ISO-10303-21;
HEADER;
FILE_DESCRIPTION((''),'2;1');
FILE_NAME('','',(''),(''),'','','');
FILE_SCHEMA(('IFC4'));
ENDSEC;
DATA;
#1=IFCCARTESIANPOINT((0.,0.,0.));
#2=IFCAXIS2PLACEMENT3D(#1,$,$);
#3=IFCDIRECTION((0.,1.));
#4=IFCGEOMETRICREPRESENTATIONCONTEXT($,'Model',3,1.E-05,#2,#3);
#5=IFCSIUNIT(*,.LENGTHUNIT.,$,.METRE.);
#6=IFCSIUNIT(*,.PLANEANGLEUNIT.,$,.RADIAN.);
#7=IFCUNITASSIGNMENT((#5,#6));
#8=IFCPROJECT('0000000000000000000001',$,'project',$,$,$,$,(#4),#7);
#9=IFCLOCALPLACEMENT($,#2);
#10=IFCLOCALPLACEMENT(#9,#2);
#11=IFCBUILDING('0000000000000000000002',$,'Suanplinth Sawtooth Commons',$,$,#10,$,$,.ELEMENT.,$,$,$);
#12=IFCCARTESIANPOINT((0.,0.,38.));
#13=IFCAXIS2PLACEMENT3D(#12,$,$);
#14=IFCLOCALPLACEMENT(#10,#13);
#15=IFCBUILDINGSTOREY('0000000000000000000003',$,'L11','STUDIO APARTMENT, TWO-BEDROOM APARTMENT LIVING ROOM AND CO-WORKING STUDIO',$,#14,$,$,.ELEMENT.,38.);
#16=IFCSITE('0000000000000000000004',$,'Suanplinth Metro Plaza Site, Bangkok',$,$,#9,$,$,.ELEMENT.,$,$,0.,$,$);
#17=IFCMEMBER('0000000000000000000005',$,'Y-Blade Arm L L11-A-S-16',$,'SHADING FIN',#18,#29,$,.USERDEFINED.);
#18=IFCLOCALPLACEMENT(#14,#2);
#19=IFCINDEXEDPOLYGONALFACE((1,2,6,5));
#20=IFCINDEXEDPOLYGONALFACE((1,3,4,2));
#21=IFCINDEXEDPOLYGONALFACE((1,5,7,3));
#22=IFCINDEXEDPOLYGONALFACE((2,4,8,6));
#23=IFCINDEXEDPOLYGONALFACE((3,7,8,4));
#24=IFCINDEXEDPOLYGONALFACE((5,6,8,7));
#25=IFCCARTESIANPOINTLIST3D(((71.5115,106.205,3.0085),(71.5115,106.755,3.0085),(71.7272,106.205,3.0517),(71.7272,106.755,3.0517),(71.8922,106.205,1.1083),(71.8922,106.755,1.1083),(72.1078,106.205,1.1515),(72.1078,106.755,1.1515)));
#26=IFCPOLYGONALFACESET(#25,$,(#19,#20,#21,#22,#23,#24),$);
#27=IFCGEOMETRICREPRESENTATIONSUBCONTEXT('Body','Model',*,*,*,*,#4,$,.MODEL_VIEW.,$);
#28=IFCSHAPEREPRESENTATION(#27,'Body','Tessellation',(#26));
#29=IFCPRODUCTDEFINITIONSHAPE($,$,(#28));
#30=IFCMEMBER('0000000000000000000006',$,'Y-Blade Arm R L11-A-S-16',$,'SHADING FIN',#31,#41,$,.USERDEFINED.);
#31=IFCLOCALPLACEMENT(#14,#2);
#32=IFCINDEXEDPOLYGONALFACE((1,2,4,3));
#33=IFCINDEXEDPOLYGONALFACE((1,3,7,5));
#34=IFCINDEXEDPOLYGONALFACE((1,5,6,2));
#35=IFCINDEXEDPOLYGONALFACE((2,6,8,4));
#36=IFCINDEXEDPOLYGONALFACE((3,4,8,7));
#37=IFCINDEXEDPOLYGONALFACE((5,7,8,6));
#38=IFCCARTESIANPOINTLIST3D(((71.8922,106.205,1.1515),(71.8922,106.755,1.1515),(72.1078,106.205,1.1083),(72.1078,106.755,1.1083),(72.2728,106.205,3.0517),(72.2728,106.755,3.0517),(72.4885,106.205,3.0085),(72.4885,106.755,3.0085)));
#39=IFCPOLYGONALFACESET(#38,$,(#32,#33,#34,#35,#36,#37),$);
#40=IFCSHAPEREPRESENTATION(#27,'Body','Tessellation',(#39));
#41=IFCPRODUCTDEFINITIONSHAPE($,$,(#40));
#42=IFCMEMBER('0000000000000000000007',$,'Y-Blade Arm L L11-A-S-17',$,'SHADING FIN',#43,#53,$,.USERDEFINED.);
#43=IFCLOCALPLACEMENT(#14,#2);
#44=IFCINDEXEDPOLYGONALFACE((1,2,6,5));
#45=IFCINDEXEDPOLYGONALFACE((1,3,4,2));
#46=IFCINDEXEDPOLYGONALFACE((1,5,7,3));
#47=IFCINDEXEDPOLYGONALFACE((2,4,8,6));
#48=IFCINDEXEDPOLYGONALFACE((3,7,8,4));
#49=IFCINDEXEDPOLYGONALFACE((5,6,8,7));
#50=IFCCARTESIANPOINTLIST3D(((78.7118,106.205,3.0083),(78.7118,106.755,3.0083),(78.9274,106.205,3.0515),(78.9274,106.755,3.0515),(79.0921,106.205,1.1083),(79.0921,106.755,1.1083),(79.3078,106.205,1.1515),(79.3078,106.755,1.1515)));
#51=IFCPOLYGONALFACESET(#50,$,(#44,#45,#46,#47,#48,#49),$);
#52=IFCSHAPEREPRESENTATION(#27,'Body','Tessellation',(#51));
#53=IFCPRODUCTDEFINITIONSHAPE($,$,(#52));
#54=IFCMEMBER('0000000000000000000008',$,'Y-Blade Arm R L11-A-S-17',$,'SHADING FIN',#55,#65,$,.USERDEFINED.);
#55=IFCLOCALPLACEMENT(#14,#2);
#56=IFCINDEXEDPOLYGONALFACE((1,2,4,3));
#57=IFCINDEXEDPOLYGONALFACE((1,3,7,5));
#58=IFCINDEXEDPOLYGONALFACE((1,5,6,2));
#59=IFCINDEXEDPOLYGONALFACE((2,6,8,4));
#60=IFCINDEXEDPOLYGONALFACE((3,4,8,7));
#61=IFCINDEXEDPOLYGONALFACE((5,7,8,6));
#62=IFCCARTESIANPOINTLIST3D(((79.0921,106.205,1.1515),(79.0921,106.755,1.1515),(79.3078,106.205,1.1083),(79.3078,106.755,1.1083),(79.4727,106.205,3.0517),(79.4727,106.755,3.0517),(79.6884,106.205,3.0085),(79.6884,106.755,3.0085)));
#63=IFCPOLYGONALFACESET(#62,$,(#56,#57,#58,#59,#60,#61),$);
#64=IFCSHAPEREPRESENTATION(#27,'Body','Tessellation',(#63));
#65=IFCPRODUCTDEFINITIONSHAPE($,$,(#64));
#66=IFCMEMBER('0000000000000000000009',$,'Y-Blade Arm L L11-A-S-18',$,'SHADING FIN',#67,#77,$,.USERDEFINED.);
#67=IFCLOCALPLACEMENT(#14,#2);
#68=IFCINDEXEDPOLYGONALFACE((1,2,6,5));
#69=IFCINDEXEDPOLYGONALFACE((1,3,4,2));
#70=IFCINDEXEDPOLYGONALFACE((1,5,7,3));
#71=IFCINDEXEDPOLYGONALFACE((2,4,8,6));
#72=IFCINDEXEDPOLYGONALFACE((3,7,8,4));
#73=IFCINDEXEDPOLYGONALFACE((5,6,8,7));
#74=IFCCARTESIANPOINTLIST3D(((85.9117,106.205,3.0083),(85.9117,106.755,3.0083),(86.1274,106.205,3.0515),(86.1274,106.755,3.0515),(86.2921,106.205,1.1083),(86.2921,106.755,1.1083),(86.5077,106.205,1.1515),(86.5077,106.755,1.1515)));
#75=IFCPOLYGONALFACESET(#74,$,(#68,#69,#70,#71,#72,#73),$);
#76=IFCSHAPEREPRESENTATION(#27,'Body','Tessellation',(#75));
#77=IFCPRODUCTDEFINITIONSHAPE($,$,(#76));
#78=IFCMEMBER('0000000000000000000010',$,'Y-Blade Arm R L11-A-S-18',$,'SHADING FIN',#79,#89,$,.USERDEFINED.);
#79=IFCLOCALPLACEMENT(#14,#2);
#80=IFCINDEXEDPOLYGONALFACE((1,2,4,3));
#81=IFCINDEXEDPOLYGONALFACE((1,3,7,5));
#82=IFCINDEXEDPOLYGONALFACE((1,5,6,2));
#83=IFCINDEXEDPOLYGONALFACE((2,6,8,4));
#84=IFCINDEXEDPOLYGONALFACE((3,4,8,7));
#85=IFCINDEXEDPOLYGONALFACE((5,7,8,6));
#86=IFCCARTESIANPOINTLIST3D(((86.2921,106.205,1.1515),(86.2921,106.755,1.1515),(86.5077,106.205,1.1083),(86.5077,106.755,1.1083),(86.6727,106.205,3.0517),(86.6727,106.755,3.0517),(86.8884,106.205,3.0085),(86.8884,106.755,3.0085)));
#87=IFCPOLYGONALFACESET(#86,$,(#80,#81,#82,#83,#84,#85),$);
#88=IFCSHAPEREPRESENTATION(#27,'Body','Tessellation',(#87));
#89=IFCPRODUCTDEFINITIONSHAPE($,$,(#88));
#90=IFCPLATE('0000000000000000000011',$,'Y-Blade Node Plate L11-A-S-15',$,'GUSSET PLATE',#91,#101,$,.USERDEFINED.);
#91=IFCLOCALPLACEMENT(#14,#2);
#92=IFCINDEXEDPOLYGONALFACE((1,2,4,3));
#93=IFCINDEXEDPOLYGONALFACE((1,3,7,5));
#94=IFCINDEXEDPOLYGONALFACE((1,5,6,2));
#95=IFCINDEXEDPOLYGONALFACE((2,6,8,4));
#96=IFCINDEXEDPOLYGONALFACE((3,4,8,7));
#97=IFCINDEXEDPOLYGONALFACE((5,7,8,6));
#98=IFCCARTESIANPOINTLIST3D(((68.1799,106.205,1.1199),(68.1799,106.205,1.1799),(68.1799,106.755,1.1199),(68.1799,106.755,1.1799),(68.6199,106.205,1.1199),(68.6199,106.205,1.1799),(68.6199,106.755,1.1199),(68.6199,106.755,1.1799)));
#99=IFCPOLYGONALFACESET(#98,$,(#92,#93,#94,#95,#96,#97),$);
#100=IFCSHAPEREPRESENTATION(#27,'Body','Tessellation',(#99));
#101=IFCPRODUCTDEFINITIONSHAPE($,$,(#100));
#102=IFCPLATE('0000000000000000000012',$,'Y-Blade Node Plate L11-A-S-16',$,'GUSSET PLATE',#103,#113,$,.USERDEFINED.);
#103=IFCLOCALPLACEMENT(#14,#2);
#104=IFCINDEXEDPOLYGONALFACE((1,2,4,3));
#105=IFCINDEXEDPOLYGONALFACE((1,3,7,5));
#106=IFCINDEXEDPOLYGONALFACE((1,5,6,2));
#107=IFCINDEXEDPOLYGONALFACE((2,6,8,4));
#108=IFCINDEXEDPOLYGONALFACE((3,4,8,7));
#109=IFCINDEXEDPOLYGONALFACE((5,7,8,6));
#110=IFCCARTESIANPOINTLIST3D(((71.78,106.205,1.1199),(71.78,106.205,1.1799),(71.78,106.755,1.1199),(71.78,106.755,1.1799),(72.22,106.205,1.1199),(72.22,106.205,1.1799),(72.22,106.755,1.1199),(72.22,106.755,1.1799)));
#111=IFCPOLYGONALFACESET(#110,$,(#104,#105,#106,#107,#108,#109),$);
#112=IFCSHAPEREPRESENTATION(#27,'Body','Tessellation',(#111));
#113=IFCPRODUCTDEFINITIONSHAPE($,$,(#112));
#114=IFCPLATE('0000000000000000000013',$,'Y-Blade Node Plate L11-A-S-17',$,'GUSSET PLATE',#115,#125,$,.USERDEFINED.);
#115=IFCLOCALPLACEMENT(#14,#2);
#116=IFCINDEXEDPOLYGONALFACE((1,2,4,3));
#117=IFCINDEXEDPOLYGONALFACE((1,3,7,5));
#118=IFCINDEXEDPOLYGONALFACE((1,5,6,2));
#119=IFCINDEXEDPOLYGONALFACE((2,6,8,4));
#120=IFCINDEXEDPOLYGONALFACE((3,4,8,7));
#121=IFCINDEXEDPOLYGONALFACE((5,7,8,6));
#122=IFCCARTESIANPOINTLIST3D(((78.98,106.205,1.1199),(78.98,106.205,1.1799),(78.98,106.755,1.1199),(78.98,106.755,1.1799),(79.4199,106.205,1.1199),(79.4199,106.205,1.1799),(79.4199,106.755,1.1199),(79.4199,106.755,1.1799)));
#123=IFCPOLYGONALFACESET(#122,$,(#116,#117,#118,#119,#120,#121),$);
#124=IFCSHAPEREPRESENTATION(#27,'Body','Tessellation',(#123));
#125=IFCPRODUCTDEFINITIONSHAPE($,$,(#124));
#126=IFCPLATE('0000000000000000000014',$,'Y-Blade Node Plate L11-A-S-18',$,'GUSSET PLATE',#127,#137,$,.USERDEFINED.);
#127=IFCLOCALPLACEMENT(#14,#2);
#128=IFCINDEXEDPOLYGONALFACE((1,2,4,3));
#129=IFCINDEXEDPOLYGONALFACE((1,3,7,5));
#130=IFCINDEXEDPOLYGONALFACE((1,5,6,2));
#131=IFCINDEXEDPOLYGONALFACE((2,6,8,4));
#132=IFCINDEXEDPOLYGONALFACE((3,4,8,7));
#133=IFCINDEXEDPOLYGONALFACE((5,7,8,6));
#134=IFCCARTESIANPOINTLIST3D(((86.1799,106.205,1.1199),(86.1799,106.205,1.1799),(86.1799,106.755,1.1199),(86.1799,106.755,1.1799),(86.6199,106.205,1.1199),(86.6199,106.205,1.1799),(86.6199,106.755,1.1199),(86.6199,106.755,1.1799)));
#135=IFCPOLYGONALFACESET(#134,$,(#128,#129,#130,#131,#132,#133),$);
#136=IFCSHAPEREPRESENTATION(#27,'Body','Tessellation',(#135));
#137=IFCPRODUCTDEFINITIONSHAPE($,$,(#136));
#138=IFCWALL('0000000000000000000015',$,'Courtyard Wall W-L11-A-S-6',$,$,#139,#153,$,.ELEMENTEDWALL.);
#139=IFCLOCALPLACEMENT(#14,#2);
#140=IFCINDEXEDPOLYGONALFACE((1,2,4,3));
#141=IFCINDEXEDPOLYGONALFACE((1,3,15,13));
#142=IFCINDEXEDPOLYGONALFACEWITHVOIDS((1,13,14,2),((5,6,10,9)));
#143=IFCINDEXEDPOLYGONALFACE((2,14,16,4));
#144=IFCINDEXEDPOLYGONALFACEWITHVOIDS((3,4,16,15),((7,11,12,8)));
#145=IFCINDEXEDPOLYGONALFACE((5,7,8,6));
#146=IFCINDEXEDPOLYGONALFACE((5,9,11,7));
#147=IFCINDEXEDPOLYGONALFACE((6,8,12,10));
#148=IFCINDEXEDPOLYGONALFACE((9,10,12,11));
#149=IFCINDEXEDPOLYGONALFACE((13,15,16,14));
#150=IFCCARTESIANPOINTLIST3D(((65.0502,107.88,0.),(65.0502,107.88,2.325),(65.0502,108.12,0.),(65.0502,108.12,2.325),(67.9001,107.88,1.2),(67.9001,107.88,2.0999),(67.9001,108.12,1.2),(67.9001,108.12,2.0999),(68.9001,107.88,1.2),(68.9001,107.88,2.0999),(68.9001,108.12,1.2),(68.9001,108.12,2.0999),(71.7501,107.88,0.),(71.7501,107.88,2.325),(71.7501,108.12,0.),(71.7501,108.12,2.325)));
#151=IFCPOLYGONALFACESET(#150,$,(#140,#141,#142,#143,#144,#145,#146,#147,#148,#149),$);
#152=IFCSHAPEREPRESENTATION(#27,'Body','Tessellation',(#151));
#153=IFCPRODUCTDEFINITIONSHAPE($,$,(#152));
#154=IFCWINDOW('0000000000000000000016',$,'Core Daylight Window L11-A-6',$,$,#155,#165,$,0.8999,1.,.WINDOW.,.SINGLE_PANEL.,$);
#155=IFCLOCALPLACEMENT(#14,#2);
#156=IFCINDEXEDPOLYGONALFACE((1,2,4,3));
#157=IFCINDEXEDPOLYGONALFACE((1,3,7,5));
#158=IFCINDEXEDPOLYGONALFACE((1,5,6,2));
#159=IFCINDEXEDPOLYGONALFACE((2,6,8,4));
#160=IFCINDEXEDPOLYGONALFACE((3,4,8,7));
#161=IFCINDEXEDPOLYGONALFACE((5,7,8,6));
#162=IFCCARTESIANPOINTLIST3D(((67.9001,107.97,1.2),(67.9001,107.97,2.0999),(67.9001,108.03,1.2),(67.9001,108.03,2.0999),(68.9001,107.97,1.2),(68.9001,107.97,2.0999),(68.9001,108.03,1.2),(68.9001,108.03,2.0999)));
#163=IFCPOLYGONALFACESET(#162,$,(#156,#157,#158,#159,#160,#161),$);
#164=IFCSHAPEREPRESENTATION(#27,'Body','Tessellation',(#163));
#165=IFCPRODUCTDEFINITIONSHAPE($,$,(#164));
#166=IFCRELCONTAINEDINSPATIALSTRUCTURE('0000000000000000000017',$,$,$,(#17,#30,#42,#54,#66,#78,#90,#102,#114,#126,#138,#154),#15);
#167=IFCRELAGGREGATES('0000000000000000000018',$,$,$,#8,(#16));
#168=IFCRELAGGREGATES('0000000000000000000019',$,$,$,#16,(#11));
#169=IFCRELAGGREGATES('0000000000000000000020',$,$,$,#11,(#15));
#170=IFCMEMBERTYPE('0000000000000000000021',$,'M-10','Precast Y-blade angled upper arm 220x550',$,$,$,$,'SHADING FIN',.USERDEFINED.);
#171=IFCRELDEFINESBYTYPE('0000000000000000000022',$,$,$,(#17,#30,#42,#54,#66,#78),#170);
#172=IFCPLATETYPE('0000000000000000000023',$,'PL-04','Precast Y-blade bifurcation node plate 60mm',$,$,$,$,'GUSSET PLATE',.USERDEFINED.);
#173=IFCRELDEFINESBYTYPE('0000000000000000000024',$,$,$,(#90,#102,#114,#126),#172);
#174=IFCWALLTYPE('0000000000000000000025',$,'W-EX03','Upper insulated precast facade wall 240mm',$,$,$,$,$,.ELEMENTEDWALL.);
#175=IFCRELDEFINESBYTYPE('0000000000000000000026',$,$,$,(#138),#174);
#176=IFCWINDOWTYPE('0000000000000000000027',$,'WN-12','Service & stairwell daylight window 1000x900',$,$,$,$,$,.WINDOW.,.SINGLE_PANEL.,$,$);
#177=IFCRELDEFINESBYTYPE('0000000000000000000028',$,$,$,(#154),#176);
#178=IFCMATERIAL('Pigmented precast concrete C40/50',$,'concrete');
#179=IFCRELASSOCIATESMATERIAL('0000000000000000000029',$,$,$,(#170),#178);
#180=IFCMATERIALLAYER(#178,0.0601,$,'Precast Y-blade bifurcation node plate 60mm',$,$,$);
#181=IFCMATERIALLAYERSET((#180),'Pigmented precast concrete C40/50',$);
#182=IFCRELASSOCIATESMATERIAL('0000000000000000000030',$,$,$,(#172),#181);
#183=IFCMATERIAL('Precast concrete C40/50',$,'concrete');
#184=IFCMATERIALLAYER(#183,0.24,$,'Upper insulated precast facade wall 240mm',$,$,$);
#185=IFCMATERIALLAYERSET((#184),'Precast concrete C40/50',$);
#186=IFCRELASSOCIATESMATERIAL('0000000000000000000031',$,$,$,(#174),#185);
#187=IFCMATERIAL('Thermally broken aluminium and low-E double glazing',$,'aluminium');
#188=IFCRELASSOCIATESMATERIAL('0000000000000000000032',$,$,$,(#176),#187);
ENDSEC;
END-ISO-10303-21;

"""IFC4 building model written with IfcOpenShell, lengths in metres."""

from ifc_helpers import new_model, si_unit, direction, frame, frame_2d, origin, origin_2d, place, context, subcontext, project, spatial, rectangle, extrude, material, layer, layer_set, material_profile, profile_set, type_object, element, fill, save


model = new_model("IFC4")

# Units and contexts
model_context = context("Model", 3, precision=1e-05, world=origin(), true_north=direction((0.0, 1.0)))
body_context = subcontext(model_context, "Body", "Model", "MODEL_VIEW")
ifc_project = project(units=[si_unit("LENGTHUNIT", "METRE"), si_unit("PLANEANGLEUNIT", "RADIAN")], contexts=[model_context])

# Site, building, storey
site_placement = place(None, origin())
site = spatial("IfcSite", under=ifc_project, at=site_placement, Name="Suanplinth Metro Plaza Site, Bangkok", CompositionType="ELEMENT", RefElevation=0.0)
building_placement = place(site_placement, origin())
building = spatial("IfcBuilding", under=site, at=building_placement, Name="Suanplinth Sawtooth Commons", CompositionType="ELEMENT")
storey_placement = place(building_placement, frame((0.0, 0.0, 38.0)))
storey = spatial("IfcBuildingStorey", under=building, at=storey_placement, Name="L11", Description="STUDIO APARTMENT, TWO-BEDROOM APARTMENT LIVING ROOM AND CO-WORKING STUDIO", CompositionType="ELEMENT", Elevation=38.0)

# Shared definitions
ifc_material_1 = material(Name="Precast concrete C40/50", Category="concrete")

# Members
ifc_material_2 = material(Name="Pigmented precast concrete C40/50", Category="concrete")
ifc_material_profile_1 = material_profile(ifc_material_2, rectangle(XDim=0.22, YDim=0.55, at=origin_2d()), Name="PC-FIN 220x550")
ifc_profile_set_1 = profile_set([ifc_material_profile_1], Name="Pigmented precast concrete C40/50")
member_type_1 = type_object("IfcMemberType", Name="M-10", Description="Precast Y-blade angled upper arm 220x550", ElementType="SHADING FIN", PredefinedType="USERDEFINED", material=ifc_profile_set_1)
for number, where, z_axis, x_axis, name in (
    (1, (72.0, 106.48, 1.1299), (-0.196407, 0.0, 0.980522), (0.980522, 0.0, 0.196407), "Y-Blade Arm L L11-A-S-16"),
    (2, (72.0, 106.48, 1.1299), (0.196407, 0.0, 0.980522), (-0.980522, 0.0, 0.196407), "Y-Blade Arm R L11-A-S-16"),
):
    element("IfcMember", number, at=place(storey_placement, frame(where, z_axis=z_axis, x_axis=x_axis)), inside=storey, type_object=member_type_1, Name=name, ObjectType="SHADING FIN", PredefinedType="USERDEFINED", context=body_context, shape_type="SweptSolid", body=[
        extrude(rectangle(XDim=0.22, YDim=0.55, at=origin_2d()), origin(), (0.0, 0.0, 1.0), 1.938),
    ])
member_1_placement = place(storey_placement, frame((79.2, 106.48, 1.1299), z_axis=(-0.196286, 0.0, 0.980547), x_axis=(0.980547, 0.0, 0.196286)))
element("IfcMember", 3, at=member_1_placement, inside=storey, type_object=member_type_1, Name="Y-Blade Arm L L11-A-S-17", ObjectType="SHADING FIN", PredefinedType="USERDEFINED", context=body_context, shape_type="SweptSolid", body=[
    extrude(rectangle(XDim=0.22, YDim=0.55, at=origin_2d()), origin(), (0.0, 0.0, 1.0), 1.9377),
])
member_2_placement = place(storey_placement, frame((79.2, 106.48, 1.1299), z_axis=(0.196407, 0.0, 0.980522), x_axis=(-0.980522, 0.0, 0.196407)))
element("IfcMember", 4, at=member_2_placement, inside=storey, type_object=member_type_1, Name="Y-Blade Arm R L11-A-S-17", ObjectType="SHADING FIN", PredefinedType="USERDEFINED", context=body_context, shape_type="SweptSolid", body=[
    extrude(rectangle(XDim=0.22, YDim=0.55, at=origin_2d()), origin(), (0.0, 0.0, 1.0), 1.938),
])
member_3_placement = place(storey_placement, frame((86.3999, 106.48, 1.1299), z_axis=(-0.196286, 0.0, 0.980547), x_axis=(0.980547, 0.0, 0.196286)))
element("IfcMember", 5, at=member_3_placement, inside=storey, type_object=member_type_1, Name="Y-Blade Arm L L11-A-S-18", ObjectType="SHADING FIN", PredefinedType="USERDEFINED", context=body_context, shape_type="SweptSolid", body=[
    extrude(rectangle(XDim=0.22, YDim=0.55, at=origin_2d()), origin(), (0.0, 0.0, 1.0), 1.9377),
])
member_4_placement = place(storey_placement, frame((86.3999, 106.48, 1.1299), z_axis=(0.196407, 0.0, 0.980522), x_axis=(-0.980522, 0.0, 0.196407)))
element("IfcMember", 6, at=member_4_placement, inside=storey, type_object=member_type_1, Name="Y-Blade Arm R L11-A-S-18", ObjectType="SHADING FIN", PredefinedType="USERDEFINED", context=body_context, shape_type="SweptSolid", body=[
    extrude(rectangle(XDim=0.22, YDim=0.55, at=origin_2d()), origin(), (0.0, 0.0, 1.0), 1.938),
])

# Plates
ifc_layer_1 = layer(ifc_material_2, 0.0601, Name="Precast Y-blade bifurcation node plate 60mm")
ifc_layer_set_1 = layer_set([ifc_layer_1], Name="Pigmented precast concrete C40/50")
plate_type = type_object("IfcPlateType", Name="PL-04", Description="Precast Y-blade bifurcation node plate 60mm", ElementType="GUSSET PLATE", PredefinedType="USERDEFINED", material=ifc_layer_set_1)
for number, where, z_axis, x_axis, name in (
    (7, (68.3999, 106.48, 1.1199), (0.0, 0.0, 1.0), (1.0, 0.0, 0.0), "Y-Blade Node Plate L11-A-S-15"),
    (8, (72.0, 106.48, 1.1199), (0.0, 0.0, 1.0), (1.0, 0.0, 0.0), "Y-Blade Node Plate L11-A-S-16"),
    (9, (79.2, 106.48, 1.1199), (0.0, 0.0, 1.0), (1.0, 0.0, 0.0), "Y-Blade Node Plate L11-A-S-17"),
    (10, (86.3999, 106.48, 1.1199), (0.0, 0.0, 1.0), (1.0, 0.0, 0.0), "Y-Blade Node Plate L11-A-S-18"),
):
    element("IfcPlate", number, at=place(storey_placement, frame(where, z_axis=z_axis, x_axis=x_axis)), inside=storey, type_object=plate_type, Name=name, ObjectType="GUSSET PLATE", PredefinedType="USERDEFINED", context=body_context, shape_type="SweptSolid", body=[
        extrude(rectangle(XDim=0.4399, YDim=0.55, at=origin_2d()), origin(), (0.0, 0.0, 1.0), 0.0601),
    ])

# Wall, opening, window
ifc_layer_2 = layer(ifc_material_1, 0.24, Name="Upper insulated precast facade wall 240mm")
ifc_layer_set_2 = layer_set([ifc_layer_2], Name="Precast concrete C40/50")
wall_type = type_object("IfcWallType", Name="W-EX03", Description="Upper insulated precast facade wall 240mm", PredefinedType="ELEMENTEDWALL", material=ifc_layer_set_2)
wall_1_placement = place(storey_placement, frame((65.05, 108.0, 0.0), z_axis=(0.0, 0.0, 1.0), x_axis=(1.0, 0.0, 0.0)))
wall_1 = element("IfcWall", 11, at=wall_1_placement, inside=storey, type_object=wall_type, Name="Courtyard Wall W-L11-A-S-6", PredefinedType="ELEMENTEDWALL", context=body_context, shape_type="SweptSolid", body=[
    extrude(rectangle(XDim=6.7, YDim=0.24, at=frame_2d((3.3501, 0.0))), origin(), (0.0, 0.0, 1.0), 2.325),
])
opening_1_placement = place(wall_1_placement, frame((2.8501, 0.0, 1.2)))
opening_1 = element("IfcOpeningElement", 12, at=opening_1_placement, cuts=wall_1, PredefinedType="OPENING", context=body_context, shape_type="SweptSolid", body=[
    extrude(rectangle(XDim=1.0, YDim=0.8999, at=frame_2d((0.5, 0.45))), frame((0.0, 0.1348, 0.0), z_axis=(0.0, -1.0, 0.0), x_axis=(1.0, 0.0, 0.0)), (0.0, 0.0, 1.0), 0.2698),
])
ifc_material_3 = material(Name="Thermally broken aluminium and low-E double glazing", Category="aluminium")
window_type = type_object("IfcWindowType", Name="WN-12", Description="Service & stairwell daylight window 1000x900", PartitioningType="SINGLE_PANEL", PredefinedType="WINDOW", material=ifc_material_3)
window_placement = place(opening_1_placement, origin())
window = element("IfcWindow", 13, at=window_placement, inside=storey, type_object=window_type, Name="Core Daylight Window L11-A-6", OverallHeight=0.8999, OverallWidth=1.0, PartitioningType="SINGLE_PANEL", PredefinedType="WINDOW", context=body_context, shape_type="SweptSolid", body=[
    extrude(rectangle(XDim=1.0, YDim=0.8999, at=frame_2d((0.5, 0.45))), frame((0.0, 0.03, 0.0), z_axis=(0.0, -1.0, 0.0), x_axis=(1.0, 0.0, 0.0)), (0.0, 0.0, 1.0), 0.0601),
])
fill(opening_1, window)

save(model, "model.ifc")
